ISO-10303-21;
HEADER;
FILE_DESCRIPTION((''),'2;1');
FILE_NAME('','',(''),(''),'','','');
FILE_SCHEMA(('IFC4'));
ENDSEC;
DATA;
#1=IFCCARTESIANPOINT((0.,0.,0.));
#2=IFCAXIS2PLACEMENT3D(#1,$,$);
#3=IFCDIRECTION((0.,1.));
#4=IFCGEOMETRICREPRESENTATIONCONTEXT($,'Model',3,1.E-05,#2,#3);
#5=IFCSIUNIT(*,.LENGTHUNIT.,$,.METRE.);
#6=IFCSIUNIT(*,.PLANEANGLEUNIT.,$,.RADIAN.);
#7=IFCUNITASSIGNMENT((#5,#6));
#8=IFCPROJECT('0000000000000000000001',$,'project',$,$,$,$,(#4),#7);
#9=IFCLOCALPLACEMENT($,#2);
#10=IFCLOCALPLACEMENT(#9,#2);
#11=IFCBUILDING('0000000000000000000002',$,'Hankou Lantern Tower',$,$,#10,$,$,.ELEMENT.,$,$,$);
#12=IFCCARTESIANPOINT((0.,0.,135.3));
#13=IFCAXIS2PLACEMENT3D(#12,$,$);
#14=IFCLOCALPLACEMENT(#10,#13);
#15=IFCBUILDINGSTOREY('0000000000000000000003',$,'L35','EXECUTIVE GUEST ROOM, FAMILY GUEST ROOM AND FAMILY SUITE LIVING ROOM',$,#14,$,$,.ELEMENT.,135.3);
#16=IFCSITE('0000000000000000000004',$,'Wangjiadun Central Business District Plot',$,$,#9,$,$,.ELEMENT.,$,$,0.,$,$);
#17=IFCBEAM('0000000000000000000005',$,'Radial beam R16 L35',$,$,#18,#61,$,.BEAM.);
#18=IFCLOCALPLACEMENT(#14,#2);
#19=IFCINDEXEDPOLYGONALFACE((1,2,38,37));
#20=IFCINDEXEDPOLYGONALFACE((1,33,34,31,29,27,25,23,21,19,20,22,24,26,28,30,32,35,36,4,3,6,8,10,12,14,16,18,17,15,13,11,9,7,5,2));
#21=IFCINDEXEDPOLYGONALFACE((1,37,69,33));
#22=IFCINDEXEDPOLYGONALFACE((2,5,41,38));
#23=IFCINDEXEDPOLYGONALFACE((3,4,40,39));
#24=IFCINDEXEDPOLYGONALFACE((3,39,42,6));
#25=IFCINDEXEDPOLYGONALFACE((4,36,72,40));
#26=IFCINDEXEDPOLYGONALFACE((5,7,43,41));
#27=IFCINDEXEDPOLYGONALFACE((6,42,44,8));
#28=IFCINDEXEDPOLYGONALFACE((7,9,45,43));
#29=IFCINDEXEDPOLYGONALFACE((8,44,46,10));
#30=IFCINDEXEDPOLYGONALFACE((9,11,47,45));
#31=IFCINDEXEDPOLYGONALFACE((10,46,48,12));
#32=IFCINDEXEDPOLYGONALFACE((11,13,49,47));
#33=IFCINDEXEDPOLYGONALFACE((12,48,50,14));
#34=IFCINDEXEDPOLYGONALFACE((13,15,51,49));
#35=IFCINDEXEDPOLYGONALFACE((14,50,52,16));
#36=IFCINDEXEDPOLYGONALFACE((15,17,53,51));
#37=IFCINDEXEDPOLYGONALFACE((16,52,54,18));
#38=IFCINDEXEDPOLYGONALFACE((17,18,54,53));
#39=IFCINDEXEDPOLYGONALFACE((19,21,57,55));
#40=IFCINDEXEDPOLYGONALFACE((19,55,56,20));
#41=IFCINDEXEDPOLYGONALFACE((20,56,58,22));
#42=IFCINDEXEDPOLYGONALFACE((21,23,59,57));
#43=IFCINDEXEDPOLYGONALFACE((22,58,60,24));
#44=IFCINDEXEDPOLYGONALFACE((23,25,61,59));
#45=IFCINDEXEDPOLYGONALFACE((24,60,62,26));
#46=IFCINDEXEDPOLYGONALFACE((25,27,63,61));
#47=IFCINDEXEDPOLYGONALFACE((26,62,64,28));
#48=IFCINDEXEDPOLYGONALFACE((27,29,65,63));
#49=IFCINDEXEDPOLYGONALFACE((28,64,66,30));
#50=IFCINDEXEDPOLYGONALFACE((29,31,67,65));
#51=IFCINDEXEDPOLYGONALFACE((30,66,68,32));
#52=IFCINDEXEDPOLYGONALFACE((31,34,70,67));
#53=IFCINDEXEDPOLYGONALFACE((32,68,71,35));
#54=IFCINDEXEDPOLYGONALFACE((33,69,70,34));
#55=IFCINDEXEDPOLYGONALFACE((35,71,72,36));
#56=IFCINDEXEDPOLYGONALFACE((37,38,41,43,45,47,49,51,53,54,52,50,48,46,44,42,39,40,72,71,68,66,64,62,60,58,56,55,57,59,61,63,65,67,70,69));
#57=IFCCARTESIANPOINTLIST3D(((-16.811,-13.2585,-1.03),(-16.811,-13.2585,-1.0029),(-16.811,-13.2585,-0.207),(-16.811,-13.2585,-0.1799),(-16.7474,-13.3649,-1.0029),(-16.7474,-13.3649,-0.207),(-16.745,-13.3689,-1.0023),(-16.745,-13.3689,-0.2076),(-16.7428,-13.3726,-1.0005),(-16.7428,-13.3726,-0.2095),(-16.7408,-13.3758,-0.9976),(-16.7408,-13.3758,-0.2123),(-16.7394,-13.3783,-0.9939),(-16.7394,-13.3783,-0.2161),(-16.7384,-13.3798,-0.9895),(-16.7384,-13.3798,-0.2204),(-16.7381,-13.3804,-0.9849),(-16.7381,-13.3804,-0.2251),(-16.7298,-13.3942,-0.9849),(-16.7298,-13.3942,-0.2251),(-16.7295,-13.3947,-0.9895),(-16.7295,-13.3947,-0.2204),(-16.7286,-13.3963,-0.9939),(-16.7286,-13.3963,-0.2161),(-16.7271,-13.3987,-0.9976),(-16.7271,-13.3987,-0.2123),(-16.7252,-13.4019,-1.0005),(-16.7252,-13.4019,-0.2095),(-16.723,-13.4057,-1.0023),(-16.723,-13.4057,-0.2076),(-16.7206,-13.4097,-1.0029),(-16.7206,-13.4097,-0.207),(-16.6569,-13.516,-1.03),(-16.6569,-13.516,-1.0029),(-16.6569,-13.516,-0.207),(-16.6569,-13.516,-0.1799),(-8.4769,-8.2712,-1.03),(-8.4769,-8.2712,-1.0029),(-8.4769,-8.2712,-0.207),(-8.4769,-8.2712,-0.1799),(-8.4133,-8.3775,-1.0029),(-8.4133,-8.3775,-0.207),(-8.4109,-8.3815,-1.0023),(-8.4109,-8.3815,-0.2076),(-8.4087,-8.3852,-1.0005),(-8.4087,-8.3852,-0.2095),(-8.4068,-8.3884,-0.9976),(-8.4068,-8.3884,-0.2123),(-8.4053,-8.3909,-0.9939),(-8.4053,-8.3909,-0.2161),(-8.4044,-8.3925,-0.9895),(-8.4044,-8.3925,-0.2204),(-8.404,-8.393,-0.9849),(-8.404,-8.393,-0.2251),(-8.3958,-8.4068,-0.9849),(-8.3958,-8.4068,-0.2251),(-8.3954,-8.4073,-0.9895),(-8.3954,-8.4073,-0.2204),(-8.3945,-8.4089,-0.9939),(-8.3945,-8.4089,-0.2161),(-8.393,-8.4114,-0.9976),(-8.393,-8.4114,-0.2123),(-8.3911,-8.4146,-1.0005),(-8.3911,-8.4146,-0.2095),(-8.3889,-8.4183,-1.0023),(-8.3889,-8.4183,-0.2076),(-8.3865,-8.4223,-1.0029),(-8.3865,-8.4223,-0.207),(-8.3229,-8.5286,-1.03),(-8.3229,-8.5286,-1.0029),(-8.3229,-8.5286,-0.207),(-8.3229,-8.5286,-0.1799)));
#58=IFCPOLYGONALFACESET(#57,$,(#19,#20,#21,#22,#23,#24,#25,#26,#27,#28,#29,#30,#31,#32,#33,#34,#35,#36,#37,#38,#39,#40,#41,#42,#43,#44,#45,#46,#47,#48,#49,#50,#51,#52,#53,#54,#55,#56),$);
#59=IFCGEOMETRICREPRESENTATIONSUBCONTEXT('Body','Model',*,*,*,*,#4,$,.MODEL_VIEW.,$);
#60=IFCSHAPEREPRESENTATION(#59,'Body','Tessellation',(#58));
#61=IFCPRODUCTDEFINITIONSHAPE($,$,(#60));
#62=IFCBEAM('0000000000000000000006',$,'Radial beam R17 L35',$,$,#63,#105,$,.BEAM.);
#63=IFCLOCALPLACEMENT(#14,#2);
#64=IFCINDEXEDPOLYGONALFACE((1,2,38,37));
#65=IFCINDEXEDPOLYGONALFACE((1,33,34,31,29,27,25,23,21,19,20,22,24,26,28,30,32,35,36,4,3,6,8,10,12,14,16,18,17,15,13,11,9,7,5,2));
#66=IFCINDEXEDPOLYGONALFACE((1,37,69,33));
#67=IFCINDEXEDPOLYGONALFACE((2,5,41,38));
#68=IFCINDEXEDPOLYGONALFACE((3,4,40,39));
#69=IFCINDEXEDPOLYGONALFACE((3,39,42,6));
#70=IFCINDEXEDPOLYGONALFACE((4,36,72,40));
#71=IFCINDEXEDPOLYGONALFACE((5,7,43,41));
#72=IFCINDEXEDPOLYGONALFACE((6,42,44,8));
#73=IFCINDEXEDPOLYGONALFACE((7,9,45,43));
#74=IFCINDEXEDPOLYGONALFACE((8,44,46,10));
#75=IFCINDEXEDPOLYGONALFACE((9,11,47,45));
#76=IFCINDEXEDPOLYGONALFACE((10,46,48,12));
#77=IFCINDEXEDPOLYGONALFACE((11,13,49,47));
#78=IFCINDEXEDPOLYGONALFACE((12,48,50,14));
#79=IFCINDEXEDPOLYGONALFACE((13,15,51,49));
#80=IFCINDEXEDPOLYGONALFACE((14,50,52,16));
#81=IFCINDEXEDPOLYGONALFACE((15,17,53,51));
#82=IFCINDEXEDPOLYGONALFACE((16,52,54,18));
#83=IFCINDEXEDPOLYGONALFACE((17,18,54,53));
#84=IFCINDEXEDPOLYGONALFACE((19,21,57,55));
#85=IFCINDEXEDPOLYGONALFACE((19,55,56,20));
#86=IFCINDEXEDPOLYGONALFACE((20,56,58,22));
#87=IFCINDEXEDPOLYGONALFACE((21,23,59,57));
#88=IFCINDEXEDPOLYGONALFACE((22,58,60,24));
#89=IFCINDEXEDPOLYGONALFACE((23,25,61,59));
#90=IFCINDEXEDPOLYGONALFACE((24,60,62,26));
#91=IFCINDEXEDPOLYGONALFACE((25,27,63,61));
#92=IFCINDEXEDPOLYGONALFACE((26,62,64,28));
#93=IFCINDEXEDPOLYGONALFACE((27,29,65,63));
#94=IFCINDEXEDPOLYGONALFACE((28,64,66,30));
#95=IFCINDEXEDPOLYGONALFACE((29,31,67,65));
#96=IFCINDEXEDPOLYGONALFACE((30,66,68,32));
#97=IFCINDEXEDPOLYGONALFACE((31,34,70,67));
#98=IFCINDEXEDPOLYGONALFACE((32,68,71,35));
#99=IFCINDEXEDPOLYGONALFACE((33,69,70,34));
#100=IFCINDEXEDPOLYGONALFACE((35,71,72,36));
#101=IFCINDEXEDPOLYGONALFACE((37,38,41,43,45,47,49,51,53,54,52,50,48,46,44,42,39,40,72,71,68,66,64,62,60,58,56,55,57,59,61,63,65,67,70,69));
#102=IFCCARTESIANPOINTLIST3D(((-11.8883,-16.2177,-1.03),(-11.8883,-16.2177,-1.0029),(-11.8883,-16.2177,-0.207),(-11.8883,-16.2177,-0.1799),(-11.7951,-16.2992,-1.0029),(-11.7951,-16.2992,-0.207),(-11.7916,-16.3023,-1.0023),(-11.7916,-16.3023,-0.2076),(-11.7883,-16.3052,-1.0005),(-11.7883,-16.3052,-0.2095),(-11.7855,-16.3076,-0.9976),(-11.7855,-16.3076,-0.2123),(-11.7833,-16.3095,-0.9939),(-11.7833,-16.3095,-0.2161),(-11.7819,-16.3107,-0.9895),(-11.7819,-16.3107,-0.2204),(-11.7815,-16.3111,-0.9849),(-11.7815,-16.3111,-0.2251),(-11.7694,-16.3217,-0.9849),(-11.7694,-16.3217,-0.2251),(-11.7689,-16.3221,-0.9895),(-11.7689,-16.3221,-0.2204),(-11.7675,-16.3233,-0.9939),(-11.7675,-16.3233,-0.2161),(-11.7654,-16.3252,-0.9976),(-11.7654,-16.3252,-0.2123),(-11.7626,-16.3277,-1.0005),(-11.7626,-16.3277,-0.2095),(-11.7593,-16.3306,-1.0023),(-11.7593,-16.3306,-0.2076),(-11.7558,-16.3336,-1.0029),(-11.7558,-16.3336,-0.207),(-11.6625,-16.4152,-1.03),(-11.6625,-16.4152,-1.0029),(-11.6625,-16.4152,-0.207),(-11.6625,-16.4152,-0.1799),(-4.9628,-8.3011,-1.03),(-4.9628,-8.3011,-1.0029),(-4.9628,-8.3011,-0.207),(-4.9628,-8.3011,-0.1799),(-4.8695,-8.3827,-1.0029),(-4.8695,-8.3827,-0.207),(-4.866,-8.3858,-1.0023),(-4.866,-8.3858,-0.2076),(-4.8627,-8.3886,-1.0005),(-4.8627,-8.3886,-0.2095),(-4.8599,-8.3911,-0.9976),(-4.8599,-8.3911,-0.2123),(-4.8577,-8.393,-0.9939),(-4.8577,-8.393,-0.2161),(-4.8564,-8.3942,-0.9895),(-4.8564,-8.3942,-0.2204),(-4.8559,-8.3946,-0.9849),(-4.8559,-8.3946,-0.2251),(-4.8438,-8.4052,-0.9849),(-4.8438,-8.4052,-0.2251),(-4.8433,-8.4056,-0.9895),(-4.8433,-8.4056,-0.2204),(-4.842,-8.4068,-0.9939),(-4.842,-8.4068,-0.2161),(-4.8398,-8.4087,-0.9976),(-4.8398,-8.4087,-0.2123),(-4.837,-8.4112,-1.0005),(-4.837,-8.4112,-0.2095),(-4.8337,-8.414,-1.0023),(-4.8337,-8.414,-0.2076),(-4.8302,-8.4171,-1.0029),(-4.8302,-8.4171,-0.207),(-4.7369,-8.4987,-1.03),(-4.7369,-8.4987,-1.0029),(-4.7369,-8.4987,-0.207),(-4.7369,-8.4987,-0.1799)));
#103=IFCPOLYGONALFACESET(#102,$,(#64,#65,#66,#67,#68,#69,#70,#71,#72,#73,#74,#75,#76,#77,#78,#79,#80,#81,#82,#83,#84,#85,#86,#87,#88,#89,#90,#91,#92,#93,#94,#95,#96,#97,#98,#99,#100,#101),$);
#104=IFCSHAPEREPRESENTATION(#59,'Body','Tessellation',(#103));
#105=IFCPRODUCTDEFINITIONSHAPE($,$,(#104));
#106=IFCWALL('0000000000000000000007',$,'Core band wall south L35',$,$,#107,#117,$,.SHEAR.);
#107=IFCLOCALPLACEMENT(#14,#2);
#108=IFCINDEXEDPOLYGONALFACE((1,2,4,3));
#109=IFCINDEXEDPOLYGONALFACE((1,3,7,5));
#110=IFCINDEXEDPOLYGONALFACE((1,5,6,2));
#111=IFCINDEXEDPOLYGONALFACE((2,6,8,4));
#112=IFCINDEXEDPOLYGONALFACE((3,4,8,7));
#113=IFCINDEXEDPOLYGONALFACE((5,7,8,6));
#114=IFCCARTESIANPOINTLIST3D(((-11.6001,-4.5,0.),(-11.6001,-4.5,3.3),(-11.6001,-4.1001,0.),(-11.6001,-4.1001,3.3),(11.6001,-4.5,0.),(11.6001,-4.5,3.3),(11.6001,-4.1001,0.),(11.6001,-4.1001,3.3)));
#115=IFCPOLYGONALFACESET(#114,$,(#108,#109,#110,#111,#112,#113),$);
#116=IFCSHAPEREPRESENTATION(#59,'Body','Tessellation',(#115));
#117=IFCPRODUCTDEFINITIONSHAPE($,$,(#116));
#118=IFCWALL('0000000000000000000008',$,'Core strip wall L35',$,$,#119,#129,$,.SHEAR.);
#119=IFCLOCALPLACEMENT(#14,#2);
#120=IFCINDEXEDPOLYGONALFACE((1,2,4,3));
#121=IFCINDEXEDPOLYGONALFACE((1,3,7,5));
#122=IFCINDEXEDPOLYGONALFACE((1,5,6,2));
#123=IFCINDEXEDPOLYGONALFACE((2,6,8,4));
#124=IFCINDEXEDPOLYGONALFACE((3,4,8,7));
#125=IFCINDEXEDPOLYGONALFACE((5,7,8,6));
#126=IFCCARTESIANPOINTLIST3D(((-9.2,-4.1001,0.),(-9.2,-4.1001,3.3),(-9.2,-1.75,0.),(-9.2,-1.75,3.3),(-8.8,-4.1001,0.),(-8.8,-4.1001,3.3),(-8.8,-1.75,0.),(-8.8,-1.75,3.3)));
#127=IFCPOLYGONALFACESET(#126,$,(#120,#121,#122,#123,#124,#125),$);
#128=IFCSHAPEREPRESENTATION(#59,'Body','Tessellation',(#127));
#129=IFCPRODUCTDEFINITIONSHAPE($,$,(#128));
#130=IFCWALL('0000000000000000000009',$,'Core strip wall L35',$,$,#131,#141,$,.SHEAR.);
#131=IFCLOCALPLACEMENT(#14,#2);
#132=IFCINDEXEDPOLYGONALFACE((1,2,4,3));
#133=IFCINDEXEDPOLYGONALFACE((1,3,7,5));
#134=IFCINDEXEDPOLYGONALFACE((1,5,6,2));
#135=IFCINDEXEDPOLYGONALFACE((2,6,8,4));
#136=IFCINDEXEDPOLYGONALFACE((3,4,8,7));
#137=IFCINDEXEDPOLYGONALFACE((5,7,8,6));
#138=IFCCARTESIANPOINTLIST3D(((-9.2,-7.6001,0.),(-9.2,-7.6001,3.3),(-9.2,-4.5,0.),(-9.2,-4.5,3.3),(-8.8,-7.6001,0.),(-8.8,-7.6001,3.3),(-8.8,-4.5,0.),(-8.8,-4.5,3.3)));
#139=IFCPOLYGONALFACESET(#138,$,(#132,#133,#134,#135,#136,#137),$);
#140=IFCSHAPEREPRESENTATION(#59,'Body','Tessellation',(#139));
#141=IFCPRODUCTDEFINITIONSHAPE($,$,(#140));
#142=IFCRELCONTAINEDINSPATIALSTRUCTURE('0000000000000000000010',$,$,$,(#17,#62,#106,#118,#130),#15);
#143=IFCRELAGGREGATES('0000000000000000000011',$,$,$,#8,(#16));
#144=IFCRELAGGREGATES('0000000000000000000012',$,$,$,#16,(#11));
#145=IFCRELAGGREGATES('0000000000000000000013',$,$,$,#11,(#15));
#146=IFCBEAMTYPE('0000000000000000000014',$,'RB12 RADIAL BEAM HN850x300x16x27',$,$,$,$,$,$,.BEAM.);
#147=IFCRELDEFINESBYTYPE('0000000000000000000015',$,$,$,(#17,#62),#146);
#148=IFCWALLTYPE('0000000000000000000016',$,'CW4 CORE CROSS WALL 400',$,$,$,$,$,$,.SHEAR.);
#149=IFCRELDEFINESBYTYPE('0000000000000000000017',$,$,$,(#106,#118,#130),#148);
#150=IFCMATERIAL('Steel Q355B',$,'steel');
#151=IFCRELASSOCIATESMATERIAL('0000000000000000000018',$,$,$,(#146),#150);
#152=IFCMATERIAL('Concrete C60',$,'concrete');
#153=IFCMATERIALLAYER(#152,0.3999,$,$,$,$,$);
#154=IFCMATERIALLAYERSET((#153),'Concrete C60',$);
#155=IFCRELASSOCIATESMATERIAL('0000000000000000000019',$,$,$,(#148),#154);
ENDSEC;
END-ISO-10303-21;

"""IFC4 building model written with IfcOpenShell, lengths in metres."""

from ifc_helpers import new_model, si_unit, direction, frame, frame_2d, origin, origin_2d, place, context, subcontext, project, spatial, rectangle, i_section, extrude, material, layer, layer_set, material_profile, profile_set, type_object, element, save


model = new_model("IFC4")

# Units and contexts
model_context = context("Model", 3, precision=1e-05, world=origin(), true_north=direction((0.0, 1.0)))
body_context = subcontext(model_context, "Body", "Model", "MODEL_VIEW")
ifc_project = project(units=[si_unit("LENGTHUNIT", "METRE"), si_unit("PLANEANGLEUNIT", "RADIAN")], contexts=[model_context])

# Site, building, storey
site_placement = place(None, origin())
site = spatial("IfcSite", under=ifc_project, at=site_placement, Name="Wangjiadun Central Business District Plot", CompositionType="ELEMENT", RefElevation=0.0)
building_placement = place(site_placement, origin())
building = spatial("IfcBuilding", under=site, at=building_placement, Name="Hankou Lantern Tower", CompositionType="ELEMENT")
storey_placement = place(building_placement, frame((0.0, 0.0, 135.3)))
storey = spatial("IfcBuildingStorey", under=building, at=storey_placement, Name="L35", Description="EXECUTIVE GUEST ROOM, FAMILY GUEST ROOM AND FAMILY SUITE LIVING ROOM", CompositionType="ELEMENT", Elevation=135.3)

# Beams
ifc_material_1 = material(Name="Steel Q355B", Category="steel")
ifc_material_profile = material_profile(ifc_material_1, i_section(OverallWidth=0.3, OverallDepth=0.8501, WebThickness=0.0161, FlangeThickness=0.0271, FilletRadius=0.0181, at=origin_2d()), Name="HN850x300x16x27")
ifc_profile_set = profile_set([ifc_material_profile], Name="Steel Q355B")
beam_type = type_object("IfcBeamType", Name="RB12 RADIAL BEAM HN850x300x16x27", PredefinedType="BEAM", material=ifc_profile_set)
beam_1_placement = place(storey_placement, frame((-8.3999, -8.3999, -0.605), z_axis=(-0.858087, -0.513505, 0.0), x_axis=(0.513505, -0.858087, 0.0)))
element("IfcBeam", 1, at=beam_1_placement, inside=storey, type_object=beam_type, Name="Radial beam R16 L35", PredefinedType="BEAM", context=body_context, shape_type="SweptSolid", body=[
    extrude(i_section(OverallWidth=0.3, OverallDepth=0.8501, WebThickness=0.0161, FlangeThickness=0.0271, FilletRadius=0.0181, at=origin_2d()), origin(), (0.0, 0.0, 1.0), 9.7124),
])
beam_2_placement = place(storey_placement, frame((-4.8499, -8.3999, -0.605), z_axis=(-0.658429, -0.752643, 0.0), x_axis=(0.752643, -0.658429, 0.0)))
element("IfcBeam", 2, at=beam_2_placement, inside=storey, type_object=beam_type, Name="Radial beam R17 L35", PredefinedType="BEAM", context=body_context, shape_type="SweptSolid", body=[
    extrude(i_section(OverallWidth=0.3, OverallDepth=0.8501, WebThickness=0.0161, FlangeThickness=0.0271, FilletRadius=0.0181, at=origin_2d()), origin(), (0.0, 0.0, 1.0), 10.5183),
])

# Walls
ifc_material_2 = material(Name="Concrete C60", Category="concrete")
ifc_layer_1 = layer(ifc_material_2, 0.3999)
ifc_layer_set_1 = layer_set([ifc_layer_1], Name="Concrete C60")
wall_type_1 = type_object("IfcWallType", Name="CW4 CORE CROSS WALL 400", PredefinedType="SHEAR", material=ifc_layer_set_1)
wall_1_placement = place(storey_placement, frame((-11.6001, -4.3, 0.0), z_axis=(0.0, 0.0, 1.0), x_axis=(1.0, 0.0, 0.0)))
element("IfcWall", 3, at=wall_1_placement, inside=storey, type_object=wall_type_1, Name="Core band wall south L35", PredefinedType="SHEAR", context=body_context, shape_type="SweptSolid", body=[
    extrude(rectangle(XDim=23.2002, YDim=0.3999, at=frame_2d((11.6001, 0.0))), origin(), (0.0, 0.0, 1.0), 3.3),
])
wall_2_placement = place(storey_placement, frame((-9.0, -4.1001, 0.0), z_axis=(0.0, 0.0, 1.0), x_axis=(0.0, 1.0, 0.0)))
element("IfcWall", 4, at=wall_2_placement, inside=storey, type_object=wall_type_1, Name="Core strip wall L35", PredefinedType="SHEAR", context=body_context, shape_type="SweptSolid", body=[
    extrude(rectangle(XDim=2.3501, YDim=0.3999, at=frame_2d((1.175, 0.0))), origin(), (0.0, 0.0, 1.0), 3.3),
])
wall_3_placement = place(storey_placement, frame((-9.0, -7.6001, 0.0), z_axis=(0.0, 0.0, 1.0), x_axis=(0.0, 1.0, 0.0)))
element("IfcWall", 5, at=wall_3_placement, inside=storey, type_object=wall_type_1, Name="Core strip wall L35", PredefinedType="SHEAR", context=body_context, shape_type="SweptSolid", body=[
    extrude(rectangle(XDim=3.1001, YDim=0.3999, at=frame_2d((1.55, 0.0))), origin(), (0.0, 0.0, 1.0), 3.3),
])

save(model, "model.ifc")
